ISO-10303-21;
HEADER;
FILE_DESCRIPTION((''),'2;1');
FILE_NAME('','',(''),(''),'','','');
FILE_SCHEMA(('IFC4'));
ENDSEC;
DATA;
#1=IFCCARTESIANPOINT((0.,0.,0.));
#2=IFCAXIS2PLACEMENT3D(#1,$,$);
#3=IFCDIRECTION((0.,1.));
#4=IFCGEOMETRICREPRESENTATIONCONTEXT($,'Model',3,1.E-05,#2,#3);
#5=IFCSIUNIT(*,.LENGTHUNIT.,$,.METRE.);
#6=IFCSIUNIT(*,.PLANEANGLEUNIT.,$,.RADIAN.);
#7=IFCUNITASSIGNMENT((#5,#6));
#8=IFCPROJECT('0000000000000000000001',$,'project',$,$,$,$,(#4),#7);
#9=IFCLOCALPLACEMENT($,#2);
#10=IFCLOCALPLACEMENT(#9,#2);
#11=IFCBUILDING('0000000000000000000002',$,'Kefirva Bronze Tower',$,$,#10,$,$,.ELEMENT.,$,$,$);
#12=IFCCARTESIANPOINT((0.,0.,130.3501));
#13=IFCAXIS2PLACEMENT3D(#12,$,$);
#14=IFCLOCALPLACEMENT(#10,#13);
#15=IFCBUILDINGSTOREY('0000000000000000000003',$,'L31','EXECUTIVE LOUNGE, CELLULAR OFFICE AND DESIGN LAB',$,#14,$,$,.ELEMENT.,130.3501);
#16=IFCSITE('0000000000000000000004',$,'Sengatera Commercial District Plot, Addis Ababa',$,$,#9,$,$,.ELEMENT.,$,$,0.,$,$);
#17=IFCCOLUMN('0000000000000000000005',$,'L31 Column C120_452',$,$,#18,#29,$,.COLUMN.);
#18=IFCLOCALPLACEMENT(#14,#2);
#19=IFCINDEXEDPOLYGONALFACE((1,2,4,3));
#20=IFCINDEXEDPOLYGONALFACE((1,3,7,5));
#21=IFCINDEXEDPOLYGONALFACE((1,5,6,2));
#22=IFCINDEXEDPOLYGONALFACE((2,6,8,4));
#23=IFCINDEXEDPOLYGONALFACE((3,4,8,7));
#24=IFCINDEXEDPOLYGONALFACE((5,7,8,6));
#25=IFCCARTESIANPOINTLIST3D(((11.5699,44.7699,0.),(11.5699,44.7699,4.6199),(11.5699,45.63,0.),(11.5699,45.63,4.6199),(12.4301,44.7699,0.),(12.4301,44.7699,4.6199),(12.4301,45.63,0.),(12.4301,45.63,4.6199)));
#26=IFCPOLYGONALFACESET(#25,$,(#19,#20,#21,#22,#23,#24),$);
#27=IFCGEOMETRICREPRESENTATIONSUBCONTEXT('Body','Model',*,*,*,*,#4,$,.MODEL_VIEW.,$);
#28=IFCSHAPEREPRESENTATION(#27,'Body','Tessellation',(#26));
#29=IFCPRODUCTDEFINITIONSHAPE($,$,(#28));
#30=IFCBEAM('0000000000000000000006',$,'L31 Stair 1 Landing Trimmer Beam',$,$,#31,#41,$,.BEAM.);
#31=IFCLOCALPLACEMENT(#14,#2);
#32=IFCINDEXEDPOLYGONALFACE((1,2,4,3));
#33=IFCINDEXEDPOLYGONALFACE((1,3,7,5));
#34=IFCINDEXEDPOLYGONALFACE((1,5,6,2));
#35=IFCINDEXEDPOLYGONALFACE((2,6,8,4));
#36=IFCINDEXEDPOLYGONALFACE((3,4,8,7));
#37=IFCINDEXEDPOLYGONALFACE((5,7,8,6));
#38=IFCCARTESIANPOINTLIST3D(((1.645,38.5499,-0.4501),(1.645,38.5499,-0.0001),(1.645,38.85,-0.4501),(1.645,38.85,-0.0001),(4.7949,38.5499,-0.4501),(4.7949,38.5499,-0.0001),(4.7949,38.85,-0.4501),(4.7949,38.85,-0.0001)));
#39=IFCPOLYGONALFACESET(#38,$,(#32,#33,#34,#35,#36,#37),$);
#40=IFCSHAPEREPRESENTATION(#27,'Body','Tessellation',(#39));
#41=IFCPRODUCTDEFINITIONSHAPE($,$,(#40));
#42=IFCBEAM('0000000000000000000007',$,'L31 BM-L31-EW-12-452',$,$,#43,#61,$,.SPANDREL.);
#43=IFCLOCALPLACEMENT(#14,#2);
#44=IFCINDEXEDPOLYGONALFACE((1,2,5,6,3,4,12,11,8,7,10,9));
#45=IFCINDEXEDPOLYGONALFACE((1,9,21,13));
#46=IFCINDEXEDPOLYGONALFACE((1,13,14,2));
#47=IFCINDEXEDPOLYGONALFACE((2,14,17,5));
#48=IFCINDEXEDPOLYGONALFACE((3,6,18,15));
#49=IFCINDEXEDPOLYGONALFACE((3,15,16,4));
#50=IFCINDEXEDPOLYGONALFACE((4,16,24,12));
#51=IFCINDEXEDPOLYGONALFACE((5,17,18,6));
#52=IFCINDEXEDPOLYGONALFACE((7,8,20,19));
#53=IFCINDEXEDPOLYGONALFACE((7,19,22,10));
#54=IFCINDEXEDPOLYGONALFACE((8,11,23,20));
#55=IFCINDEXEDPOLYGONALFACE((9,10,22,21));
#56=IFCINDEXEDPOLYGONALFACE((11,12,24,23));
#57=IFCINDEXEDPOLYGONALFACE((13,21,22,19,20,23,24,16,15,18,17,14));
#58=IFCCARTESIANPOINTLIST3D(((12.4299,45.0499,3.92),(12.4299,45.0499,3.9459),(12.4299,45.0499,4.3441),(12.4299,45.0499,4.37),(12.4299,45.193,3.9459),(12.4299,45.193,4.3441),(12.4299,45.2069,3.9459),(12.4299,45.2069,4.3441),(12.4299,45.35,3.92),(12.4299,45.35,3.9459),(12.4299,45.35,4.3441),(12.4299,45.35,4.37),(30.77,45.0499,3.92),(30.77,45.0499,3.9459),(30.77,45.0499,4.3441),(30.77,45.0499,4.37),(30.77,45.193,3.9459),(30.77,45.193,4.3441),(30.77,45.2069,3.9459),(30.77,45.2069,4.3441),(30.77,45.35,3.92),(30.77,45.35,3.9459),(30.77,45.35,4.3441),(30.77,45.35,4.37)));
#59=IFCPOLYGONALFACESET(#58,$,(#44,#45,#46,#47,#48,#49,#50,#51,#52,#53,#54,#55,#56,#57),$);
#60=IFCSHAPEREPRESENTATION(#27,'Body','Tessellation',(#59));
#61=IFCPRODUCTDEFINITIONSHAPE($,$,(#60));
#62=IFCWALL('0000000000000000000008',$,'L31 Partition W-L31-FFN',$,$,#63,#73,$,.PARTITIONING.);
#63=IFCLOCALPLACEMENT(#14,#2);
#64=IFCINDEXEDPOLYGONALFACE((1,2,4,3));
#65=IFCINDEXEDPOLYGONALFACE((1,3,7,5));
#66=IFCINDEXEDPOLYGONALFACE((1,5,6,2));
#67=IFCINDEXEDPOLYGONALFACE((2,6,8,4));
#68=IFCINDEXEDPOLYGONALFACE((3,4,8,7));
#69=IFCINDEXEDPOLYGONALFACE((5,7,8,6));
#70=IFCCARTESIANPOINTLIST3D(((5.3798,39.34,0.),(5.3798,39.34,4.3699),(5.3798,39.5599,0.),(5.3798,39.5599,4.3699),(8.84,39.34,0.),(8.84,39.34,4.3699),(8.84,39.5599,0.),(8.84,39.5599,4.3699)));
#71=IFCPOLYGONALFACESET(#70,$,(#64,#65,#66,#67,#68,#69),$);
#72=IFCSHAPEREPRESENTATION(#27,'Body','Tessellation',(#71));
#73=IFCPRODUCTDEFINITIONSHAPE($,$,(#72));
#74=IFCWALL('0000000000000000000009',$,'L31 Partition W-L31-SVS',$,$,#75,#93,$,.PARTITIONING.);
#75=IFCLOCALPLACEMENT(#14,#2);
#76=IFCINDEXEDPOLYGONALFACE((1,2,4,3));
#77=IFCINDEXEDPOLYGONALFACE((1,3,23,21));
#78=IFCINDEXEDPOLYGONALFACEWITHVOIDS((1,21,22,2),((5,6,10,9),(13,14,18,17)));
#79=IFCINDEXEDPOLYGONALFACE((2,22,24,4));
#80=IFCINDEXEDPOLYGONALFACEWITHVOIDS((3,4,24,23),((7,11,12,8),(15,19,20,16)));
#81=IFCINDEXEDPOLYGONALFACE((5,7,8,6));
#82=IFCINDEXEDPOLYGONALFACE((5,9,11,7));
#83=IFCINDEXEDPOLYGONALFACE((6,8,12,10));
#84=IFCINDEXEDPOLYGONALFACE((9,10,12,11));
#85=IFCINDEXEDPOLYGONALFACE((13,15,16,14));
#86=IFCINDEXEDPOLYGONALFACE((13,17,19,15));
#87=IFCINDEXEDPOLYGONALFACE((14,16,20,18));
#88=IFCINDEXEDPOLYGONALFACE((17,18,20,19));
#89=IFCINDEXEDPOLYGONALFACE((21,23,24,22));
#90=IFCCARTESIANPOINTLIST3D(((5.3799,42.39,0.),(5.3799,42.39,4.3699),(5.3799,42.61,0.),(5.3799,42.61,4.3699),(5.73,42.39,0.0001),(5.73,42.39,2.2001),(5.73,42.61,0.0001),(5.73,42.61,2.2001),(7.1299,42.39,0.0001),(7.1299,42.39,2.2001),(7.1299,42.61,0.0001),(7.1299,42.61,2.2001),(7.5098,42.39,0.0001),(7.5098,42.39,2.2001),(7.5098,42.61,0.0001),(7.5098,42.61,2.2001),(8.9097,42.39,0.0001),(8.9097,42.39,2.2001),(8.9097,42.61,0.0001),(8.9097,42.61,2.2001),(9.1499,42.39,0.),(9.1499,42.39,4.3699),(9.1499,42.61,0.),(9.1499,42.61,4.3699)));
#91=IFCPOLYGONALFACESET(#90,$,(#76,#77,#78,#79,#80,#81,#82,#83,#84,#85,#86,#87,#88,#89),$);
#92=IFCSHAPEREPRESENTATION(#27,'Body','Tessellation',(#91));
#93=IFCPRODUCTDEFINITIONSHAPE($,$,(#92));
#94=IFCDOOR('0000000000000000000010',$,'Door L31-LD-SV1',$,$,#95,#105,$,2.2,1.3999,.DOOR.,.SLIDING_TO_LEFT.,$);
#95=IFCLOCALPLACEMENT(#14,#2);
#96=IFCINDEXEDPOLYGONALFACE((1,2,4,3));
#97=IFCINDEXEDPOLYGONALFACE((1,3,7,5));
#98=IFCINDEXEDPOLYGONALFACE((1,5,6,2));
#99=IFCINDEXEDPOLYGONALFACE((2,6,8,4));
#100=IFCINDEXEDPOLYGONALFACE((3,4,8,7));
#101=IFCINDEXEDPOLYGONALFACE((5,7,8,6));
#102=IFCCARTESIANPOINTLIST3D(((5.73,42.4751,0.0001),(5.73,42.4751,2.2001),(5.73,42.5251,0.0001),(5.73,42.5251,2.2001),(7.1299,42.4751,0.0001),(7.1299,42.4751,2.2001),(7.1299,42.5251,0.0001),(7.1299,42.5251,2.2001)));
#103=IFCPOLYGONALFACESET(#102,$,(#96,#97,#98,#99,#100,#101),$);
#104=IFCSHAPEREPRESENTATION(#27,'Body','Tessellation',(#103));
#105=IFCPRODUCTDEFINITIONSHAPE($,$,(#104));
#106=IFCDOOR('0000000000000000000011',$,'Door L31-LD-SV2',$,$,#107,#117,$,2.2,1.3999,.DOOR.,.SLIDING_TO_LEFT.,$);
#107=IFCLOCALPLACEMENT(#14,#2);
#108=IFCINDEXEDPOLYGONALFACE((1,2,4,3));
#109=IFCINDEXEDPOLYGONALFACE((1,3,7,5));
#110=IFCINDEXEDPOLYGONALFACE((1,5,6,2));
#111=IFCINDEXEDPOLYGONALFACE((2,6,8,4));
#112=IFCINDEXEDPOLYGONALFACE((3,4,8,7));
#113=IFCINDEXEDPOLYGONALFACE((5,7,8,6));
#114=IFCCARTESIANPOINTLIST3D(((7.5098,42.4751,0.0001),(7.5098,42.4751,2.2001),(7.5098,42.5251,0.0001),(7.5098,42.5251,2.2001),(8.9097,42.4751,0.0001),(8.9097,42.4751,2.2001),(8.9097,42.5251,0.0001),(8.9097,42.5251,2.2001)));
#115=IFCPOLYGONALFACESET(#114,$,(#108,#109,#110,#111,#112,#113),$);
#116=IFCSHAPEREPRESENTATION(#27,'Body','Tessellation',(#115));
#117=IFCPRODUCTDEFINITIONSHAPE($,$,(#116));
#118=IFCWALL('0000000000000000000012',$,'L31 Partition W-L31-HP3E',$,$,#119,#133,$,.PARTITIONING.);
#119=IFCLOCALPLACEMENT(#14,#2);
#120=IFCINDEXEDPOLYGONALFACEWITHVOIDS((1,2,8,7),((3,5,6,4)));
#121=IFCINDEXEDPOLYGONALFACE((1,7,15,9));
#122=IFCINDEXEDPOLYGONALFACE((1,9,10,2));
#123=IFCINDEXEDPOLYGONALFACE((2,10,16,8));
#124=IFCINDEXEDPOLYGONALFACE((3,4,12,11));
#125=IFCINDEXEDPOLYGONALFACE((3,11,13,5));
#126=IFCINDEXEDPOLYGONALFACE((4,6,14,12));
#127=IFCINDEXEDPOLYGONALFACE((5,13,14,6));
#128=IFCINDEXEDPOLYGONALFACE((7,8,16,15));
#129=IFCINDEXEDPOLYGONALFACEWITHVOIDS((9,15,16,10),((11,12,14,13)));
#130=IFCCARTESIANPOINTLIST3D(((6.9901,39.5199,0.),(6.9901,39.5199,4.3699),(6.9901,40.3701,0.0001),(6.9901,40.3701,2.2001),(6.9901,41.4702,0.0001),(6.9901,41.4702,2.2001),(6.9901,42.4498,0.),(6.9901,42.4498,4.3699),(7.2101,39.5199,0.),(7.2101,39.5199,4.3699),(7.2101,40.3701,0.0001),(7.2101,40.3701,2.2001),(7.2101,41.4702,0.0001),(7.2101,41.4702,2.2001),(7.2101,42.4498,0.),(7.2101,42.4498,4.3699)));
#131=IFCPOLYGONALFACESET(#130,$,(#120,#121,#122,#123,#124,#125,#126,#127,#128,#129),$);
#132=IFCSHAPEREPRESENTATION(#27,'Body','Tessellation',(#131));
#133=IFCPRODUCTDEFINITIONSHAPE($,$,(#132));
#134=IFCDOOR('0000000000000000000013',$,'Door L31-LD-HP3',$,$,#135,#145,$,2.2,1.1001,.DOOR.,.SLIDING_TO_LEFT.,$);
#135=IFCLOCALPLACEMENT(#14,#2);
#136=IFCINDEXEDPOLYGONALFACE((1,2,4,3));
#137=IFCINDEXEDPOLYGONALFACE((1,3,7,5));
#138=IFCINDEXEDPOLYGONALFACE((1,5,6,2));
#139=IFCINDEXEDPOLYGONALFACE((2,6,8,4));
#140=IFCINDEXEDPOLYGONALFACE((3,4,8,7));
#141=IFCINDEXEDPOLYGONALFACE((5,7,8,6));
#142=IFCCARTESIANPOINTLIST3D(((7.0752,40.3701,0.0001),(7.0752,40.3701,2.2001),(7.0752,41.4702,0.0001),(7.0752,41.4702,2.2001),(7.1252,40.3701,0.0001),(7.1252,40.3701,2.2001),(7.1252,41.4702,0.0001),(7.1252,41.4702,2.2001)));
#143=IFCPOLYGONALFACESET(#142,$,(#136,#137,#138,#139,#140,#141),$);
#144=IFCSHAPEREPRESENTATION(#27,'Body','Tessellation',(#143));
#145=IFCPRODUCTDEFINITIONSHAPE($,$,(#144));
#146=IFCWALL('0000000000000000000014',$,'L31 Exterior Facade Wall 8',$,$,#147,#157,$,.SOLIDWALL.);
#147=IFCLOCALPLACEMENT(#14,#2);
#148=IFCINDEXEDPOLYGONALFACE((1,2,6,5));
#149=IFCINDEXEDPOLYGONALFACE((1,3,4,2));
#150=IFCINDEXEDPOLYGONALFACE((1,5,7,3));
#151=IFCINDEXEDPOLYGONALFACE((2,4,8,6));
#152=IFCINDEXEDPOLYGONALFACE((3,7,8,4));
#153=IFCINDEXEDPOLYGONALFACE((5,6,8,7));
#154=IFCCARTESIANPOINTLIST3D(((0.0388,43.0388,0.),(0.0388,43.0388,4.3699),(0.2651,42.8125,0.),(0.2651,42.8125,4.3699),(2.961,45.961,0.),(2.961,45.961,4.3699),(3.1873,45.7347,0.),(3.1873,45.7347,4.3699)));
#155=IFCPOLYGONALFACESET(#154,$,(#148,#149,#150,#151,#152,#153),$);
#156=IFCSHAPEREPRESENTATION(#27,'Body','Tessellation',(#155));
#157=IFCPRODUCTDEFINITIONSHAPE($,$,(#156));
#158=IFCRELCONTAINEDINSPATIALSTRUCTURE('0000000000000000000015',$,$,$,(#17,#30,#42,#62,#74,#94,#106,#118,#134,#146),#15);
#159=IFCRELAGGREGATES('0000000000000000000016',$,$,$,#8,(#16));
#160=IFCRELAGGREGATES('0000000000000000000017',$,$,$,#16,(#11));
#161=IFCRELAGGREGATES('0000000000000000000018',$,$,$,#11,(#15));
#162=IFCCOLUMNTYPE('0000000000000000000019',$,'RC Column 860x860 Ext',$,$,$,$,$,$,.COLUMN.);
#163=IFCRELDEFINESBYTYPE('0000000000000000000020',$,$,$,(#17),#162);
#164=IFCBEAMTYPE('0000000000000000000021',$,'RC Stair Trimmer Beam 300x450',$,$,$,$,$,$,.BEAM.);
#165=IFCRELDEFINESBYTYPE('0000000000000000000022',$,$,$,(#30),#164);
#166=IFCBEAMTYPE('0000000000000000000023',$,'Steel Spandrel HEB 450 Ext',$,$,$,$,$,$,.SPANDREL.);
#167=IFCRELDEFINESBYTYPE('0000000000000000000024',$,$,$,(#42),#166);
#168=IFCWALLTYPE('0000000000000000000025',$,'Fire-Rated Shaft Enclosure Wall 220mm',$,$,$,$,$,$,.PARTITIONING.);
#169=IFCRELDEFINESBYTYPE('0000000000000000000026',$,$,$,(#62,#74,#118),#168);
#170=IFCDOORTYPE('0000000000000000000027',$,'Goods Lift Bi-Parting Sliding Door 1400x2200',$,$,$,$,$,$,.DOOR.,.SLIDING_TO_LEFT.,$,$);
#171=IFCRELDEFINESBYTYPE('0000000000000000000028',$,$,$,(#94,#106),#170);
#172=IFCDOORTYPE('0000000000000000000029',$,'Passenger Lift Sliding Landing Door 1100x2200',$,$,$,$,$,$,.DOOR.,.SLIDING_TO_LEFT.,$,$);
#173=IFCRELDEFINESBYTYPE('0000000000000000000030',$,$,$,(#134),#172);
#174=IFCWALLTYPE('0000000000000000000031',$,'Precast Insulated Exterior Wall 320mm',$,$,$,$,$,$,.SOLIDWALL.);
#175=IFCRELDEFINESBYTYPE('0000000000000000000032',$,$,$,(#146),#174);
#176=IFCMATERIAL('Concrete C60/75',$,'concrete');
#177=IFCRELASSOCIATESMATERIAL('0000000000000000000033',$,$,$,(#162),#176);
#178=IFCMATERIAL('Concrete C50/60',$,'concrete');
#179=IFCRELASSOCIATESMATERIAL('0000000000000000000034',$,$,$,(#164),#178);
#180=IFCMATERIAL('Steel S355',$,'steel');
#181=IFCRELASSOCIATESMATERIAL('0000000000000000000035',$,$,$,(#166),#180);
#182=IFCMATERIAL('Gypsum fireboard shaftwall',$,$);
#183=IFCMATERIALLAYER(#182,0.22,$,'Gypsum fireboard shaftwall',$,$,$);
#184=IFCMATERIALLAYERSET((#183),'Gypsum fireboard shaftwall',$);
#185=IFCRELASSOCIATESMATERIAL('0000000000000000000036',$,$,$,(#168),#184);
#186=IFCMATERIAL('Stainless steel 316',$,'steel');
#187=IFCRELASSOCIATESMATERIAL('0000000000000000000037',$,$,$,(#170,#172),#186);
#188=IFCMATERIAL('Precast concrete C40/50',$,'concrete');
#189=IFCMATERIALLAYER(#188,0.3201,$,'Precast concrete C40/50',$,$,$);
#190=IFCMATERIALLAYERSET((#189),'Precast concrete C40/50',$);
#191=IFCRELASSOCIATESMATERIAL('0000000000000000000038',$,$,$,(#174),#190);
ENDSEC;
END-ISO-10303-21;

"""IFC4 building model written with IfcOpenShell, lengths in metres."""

from ifc_helpers import new_model, si_unit, direction, frame, frame_2d, origin, origin_2d, place, context, subcontext, project, spatial, rectangle, i_section, extrude, material, layer, layer_set, material_profile, profile_set, type_object, element, fill, save


model = new_model("IFC4")

# Units and contexts
model_context = context("Model", 3, precision=1e-05, world=origin(), true_north=direction((0.0, 1.0)))
body_context = subcontext(model_context, "Body", "Model", "MODEL_VIEW")
ifc_project = project(units=[si_unit("LENGTHUNIT", "METRE"), si_unit("PLANEANGLEUNIT", "RADIAN")], contexts=[model_context])

# Site, building, storey
site_placement = place(None, origin())
site = spatial("IfcSite", under=ifc_project, at=site_placement, Name="Sengatera Commercial District Plot, Addis Ababa", CompositionType="ELEMENT", RefElevation=0.0)
building_placement = place(site_placement, origin())
building = spatial("IfcBuilding", under=site, at=building_placement, Name="Kefirva Bronze Tower", CompositionType="ELEMENT")
storey_placement = place(building_placement, frame((0.0, 0.0, 130.3501)))
storey = spatial("IfcBuildingStorey", under=building, at=storey_placement, Name="L31", Description="EXECUTIVE LOUNGE, CELLULAR OFFICE AND DESIGN LAB", CompositionType="ELEMENT", Elevation=130.3501)

# Column
ifc_material_1 = material(Name="Concrete C60/75", Category="concrete")
ifc_material_profile_1 = material_profile(ifc_material_1, rectangle(XDim=0.8601, YDim=0.8601, at=origin_2d()), Name="RC 860x860")
ifc_profile_set_1 = profile_set([ifc_material_profile_1], Name="Concrete C60/75")
column_type = type_object("IfcColumnType", Name="RC Column 860x860 Ext", PredefinedType="COLUMN", material=ifc_profile_set_1)
column_placement = place(storey_placement, frame((12.0, 45.2, 0.0), z_axis=(0.0, 0.0, 1.0), x_axis=(1.0, 0.0, 0.0)))
element("IfcColumn", 1, at=column_placement, inside=storey, type_object=column_type, Name="L31 Column C120_452", PredefinedType="COLUMN", context=body_context, shape_type="SweptSolid", body=[
    extrude(rectangle(XDim=0.8601, YDim=0.8601, at=origin_2d()), origin(), (0.0, 0.0, 1.0), 4.6199),
])

# Beams
ifc_material_2 = material(Name="Concrete C50/60", Category="concrete")
ifc_material_profile_2 = material_profile(ifc_material_2, rectangle(XDim=0.3, YDim=0.45, at=origin_2d()), Name="RC 300x450")
ifc_profile_set_2 = profile_set([ifc_material_profile_2], Name="Concrete C50/60")
beam_type_1 = type_object("IfcBeamType", Name="RC Stair Trimmer Beam 300x450", PredefinedType="BEAM", material=ifc_profile_set_2)
beam_1_placement = place(storey_placement, frame((1.645, 38.7, -0.2251), z_axis=(1.0, 0.0, 0.0), x_axis=(0.0, 1.0, 0.0)))
element("IfcBeam", 2, at=beam_1_placement, inside=storey, type_object=beam_type_1, Name="L31 Stair 1 Landing Trimmer Beam", PredefinedType="BEAM", context=body_context, shape_type="SweptSolid", body=[
    extrude(rectangle(XDim=0.3, YDim=0.45, at=origin_2d()), origin(), (0.0, 0.0, 1.0), 3.1499),
])
ifc_material_3 = material(Name="Steel S355", Category="steel")
ifc_material_profile_3 = material_profile(ifc_material_3, i_section(OverallWidth=0.3, OverallDepth=0.45, WebThickness=0.0139, FlangeThickness=0.0259, at=origin_2d()), Name="HEB 450")
ifc_profile_set_3 = profile_set([ifc_material_profile_3], Name="Steel S355")
beam_type_2 = type_object("IfcBeamType", Name="Steel Spandrel HEB 450 Ext", PredefinedType="SPANDREL", material=ifc_profile_set_3)
beam_2_placement = place(storey_placement, frame((12.4299, 45.2, 4.145), z_axis=(1.0, 0.0, 0.0), x_axis=(0.0, 1.0, 0.0)))
element("IfcBeam", 3, at=beam_2_placement, inside=storey, type_object=beam_type_2, Name="L31 BM-L31-EW-12-452", PredefinedType="SPANDREL", context=body_context, shape_type="SweptSolid", body=[
    extrude(i_section(OverallWidth=0.3, OverallDepth=0.45, WebThickness=0.0139, FlangeThickness=0.0259, at=origin_2d()), origin(), (0.0, 0.0, 1.0), 18.3401),
])

# Wall
ifc_material_4 = material(Name="Gypsum fireboard shaftwall")
ifc_layer_1 = layer(ifc_material_4, 0.22, Name="Gypsum fireboard shaftwall")
ifc_layer_set_1 = layer_set([ifc_layer_1], Name="Gypsum fireboard shaftwall")
wall_type_1 = type_object("IfcWallType", Name="Fire-Rated Shaft Enclosure Wall 220mm", PredefinedType="PARTITIONING", material=ifc_layer_set_1)
wall_1_placement = place(storey_placement, frame((5.3799, 39.45, 0.0), z_axis=(0.0, 0.0, 1.0), x_axis=(1.0, 0.0, 0.0)))
element("IfcWall", 4, at=wall_1_placement, inside=storey, type_object=wall_type_1, Name="L31 Partition W-L31-FFN", PredefinedType="PARTITIONING", context=body_context, shape_type="SweptSolid", body=[
    extrude(rectangle(XDim=3.4602, YDim=0.22, at=frame_2d((1.73, 0.0))), origin(), (0.0, 0.0, 1.0), 4.3699),
])

# Wall, openings, doors
wall_2_placement = place(storey_placement, frame((5.3799, 42.5, 0.0), z_axis=(0.0, 0.0, 1.0), x_axis=(1.0, 0.0, 0.0)))
wall_2 = element("IfcWall", 5, at=wall_2_placement, inside=storey, type_object=wall_type_1, Name="L31 Partition W-L31-SVS", PredefinedType="PARTITIONING", context=body_context, shape_type="SweptSolid", body=[
    extrude(rectangle(XDim=3.77, YDim=0.22, at=frame_2d((1.885, 0.0))), origin(), (0.0, 0.0, 1.0), 4.3699),
])
opening_1_placement = place(wall_2_placement, frame((1.75, 0.0, 0.0), z_axis=(0.0, 0.0, 1.0), x_axis=(-1.0, 0.0, 0.0)))
opening_1 = element("IfcOpeningElement", 6, at=opening_1_placement, cuts=wall_2, PredefinedType="OPENING", context=body_context, shape_type="SweptSolid", body=[
    extrude(rectangle(XDim=1.3999, YDim=2.2, at=frame_2d((0.7, 1.1001))), frame((0.0, 0.1201, 0.0), z_axis=(0.0, -1.0, 0.0), x_axis=(1.0, 0.0, 0.0)), (0.0, 0.0, 1.0), 0.24),
])
opening_2_placement = place(wall_2_placement, frame((3.5298, 0.0, 0.0), z_axis=(0.0, 0.0, 1.0), x_axis=(-1.0, 0.0, 0.0)))
opening_2 = element("IfcOpeningElement", 7, at=opening_2_placement, cuts=wall_2, PredefinedType="OPENING", context=body_context, shape_type="SweptSolid", body=[
    extrude(rectangle(XDim=1.3999, YDim=2.2, at=frame_2d((0.7, 1.1001))), frame((0.0, 0.1201, 0.0), z_axis=(0.0, -1.0, 0.0), x_axis=(1.0, 0.0, 0.0)), (0.0, 0.0, 1.0), 0.24),
])
ifc_material_5 = material(Name="Stainless steel 316", Category="steel")
door_type_1 = type_object("IfcDoorType", Name="Goods Lift Bi-Parting Sliding Door 1400x2200", OperationType="SLIDING_TO_LEFT", PredefinedType="DOOR", material=ifc_material_5)
door_1_placement = place(opening_1_placement, origin())
door_1 = element("IfcDoor", 8, at=door_1_placement, inside=storey, type_object=door_type_1, Name="Door L31-LD-SV1", OperationType="SLIDING_TO_LEFT", OverallHeight=2.2, OverallWidth=1.3999, PredefinedType="DOOR", context=body_context, shape_type="SweptSolid", body=[
    extrude(rectangle(XDim=1.3999, YDim=2.2, at=frame_2d((0.7, 1.1001))), frame((0.0, 0.0249, 0.0), z_axis=(0.0, -1.0, 0.0), x_axis=(1.0, 0.0, 0.0)), (0.0, 0.0, 1.0), 0.05),
])
fill(opening_1, door_1)
door_2_placement = place(opening_2_placement, origin())
door_2 = element("IfcDoor", 9, at=door_2_placement, inside=storey, type_object=door_type_1, Name="Door L31-LD-SV2", OperationType="SLIDING_TO_LEFT", OverallHeight=2.2, OverallWidth=1.3999, PredefinedType="DOOR", context=body_context, shape_type="SweptSolid", body=[
    extrude(rectangle(XDim=1.3999, YDim=2.2, at=frame_2d((0.7, 1.1001))), frame((0.0, 0.0249, 0.0), z_axis=(0.0, -1.0, 0.0), x_axis=(1.0, 0.0, 0.0)), (0.0, 0.0, 1.0), 0.05),
])
fill(opening_2, door_2)

# Wall, opening, door
wall_3_placement = place(storey_placement, frame((7.1001, 39.52, 0.0), z_axis=(0.0, 0.0, 1.0), x_axis=(0.0, 1.0, 0.0)))
wall_3 = element("IfcWall", 10, at=wall_3_placement, inside=storey, type_object=wall_type_1, Name="L31 Partition W-L31-HP3E", PredefinedType="PARTITIONING", context=body_context, shape_type="SweptSolid", body=[
    extrude(rectangle(XDim=2.9299, YDim=0.22, at=frame_2d((1.4648, 0.0))), origin(), (0.0, 0.0, 1.0), 4.3699),
])
opening_3_placement = place(wall_3_placement, frame((0.8501, 0.0, 0.0)))
opening_3 = element("IfcOpeningElement", 11, at=opening_3_placement, cuts=wall_3, PredefinedType="OPENING", context=body_context, shape_type="SweptSolid", body=[
    extrude(rectangle(XDim=1.1001, YDim=2.2, at=frame_2d((0.55, 1.1001))), frame((0.0, 0.1201, 0.0), z_axis=(0.0, -1.0, 0.0), x_axis=(1.0, 0.0, 0.0)), (0.0, 0.0, 1.0), 0.24),
])
door_type_2 = type_object("IfcDoorType", Name="Passenger Lift Sliding Landing Door 1100x2200", OperationType="SLIDING_TO_LEFT", PredefinedType="DOOR", material=ifc_material_5)
door_3_placement = place(opening_3_placement, origin())
door_3 = element("IfcDoor", 12, at=door_3_placement, inside=storey, type_object=door_type_2, Name="Door L31-LD-HP3", OperationType="SLIDING_TO_LEFT", OverallHeight=2.2, OverallWidth=1.1001, PredefinedType="DOOR", context=body_context, shape_type="SweptSolid", body=[
    extrude(rectangle(XDim=1.1001, YDim=2.2, at=frame_2d((0.55, 1.1001))), frame((0.0, 0.0249, 0.0), z_axis=(0.0, -1.0, 0.0), x_axis=(1.0, 0.0, 0.0)), (0.0, 0.0, 1.0), 0.05),
])
fill(opening_3, door_3)

# Wall
ifc_material_6 = material(Name="Precast concrete C40/50", Category="concrete")
ifc_layer_2 = layer(ifc_material_6, 0.3201, Name="Precast concrete C40/50")
ifc_layer_set_2 = layer_set([ifc_layer_2], Name="Precast concrete C40/50")
wall_type_2 = type_object("IfcWallType", Name="Precast Insulated Exterior Wall 320mm", PredefinedType="SOLIDWALL", material=ifc_layer_set_2)
wall_4_placement = place(storey_placement, frame((3.0742, 45.8479, 0.0), z_axis=(0.0, 0.0, 1.0), x_axis=(-0.707107, -0.707107, 0.0)))
element("IfcWall", 13, at=wall_4_placement, inside=storey, type_object=wall_type_2, Name="L31 Exterior Facade Wall 8", PredefinedType="SOLIDWALL", context=body_context, shape_type="SweptSolid", body=[
    extrude(rectangle(XDim=4.1326, YDim=0.3201, at=frame_2d((2.0664, 0.0))), origin(), (0.0, 0.0, 1.0), 4.3699),
])

save(model, "model.ifc")
